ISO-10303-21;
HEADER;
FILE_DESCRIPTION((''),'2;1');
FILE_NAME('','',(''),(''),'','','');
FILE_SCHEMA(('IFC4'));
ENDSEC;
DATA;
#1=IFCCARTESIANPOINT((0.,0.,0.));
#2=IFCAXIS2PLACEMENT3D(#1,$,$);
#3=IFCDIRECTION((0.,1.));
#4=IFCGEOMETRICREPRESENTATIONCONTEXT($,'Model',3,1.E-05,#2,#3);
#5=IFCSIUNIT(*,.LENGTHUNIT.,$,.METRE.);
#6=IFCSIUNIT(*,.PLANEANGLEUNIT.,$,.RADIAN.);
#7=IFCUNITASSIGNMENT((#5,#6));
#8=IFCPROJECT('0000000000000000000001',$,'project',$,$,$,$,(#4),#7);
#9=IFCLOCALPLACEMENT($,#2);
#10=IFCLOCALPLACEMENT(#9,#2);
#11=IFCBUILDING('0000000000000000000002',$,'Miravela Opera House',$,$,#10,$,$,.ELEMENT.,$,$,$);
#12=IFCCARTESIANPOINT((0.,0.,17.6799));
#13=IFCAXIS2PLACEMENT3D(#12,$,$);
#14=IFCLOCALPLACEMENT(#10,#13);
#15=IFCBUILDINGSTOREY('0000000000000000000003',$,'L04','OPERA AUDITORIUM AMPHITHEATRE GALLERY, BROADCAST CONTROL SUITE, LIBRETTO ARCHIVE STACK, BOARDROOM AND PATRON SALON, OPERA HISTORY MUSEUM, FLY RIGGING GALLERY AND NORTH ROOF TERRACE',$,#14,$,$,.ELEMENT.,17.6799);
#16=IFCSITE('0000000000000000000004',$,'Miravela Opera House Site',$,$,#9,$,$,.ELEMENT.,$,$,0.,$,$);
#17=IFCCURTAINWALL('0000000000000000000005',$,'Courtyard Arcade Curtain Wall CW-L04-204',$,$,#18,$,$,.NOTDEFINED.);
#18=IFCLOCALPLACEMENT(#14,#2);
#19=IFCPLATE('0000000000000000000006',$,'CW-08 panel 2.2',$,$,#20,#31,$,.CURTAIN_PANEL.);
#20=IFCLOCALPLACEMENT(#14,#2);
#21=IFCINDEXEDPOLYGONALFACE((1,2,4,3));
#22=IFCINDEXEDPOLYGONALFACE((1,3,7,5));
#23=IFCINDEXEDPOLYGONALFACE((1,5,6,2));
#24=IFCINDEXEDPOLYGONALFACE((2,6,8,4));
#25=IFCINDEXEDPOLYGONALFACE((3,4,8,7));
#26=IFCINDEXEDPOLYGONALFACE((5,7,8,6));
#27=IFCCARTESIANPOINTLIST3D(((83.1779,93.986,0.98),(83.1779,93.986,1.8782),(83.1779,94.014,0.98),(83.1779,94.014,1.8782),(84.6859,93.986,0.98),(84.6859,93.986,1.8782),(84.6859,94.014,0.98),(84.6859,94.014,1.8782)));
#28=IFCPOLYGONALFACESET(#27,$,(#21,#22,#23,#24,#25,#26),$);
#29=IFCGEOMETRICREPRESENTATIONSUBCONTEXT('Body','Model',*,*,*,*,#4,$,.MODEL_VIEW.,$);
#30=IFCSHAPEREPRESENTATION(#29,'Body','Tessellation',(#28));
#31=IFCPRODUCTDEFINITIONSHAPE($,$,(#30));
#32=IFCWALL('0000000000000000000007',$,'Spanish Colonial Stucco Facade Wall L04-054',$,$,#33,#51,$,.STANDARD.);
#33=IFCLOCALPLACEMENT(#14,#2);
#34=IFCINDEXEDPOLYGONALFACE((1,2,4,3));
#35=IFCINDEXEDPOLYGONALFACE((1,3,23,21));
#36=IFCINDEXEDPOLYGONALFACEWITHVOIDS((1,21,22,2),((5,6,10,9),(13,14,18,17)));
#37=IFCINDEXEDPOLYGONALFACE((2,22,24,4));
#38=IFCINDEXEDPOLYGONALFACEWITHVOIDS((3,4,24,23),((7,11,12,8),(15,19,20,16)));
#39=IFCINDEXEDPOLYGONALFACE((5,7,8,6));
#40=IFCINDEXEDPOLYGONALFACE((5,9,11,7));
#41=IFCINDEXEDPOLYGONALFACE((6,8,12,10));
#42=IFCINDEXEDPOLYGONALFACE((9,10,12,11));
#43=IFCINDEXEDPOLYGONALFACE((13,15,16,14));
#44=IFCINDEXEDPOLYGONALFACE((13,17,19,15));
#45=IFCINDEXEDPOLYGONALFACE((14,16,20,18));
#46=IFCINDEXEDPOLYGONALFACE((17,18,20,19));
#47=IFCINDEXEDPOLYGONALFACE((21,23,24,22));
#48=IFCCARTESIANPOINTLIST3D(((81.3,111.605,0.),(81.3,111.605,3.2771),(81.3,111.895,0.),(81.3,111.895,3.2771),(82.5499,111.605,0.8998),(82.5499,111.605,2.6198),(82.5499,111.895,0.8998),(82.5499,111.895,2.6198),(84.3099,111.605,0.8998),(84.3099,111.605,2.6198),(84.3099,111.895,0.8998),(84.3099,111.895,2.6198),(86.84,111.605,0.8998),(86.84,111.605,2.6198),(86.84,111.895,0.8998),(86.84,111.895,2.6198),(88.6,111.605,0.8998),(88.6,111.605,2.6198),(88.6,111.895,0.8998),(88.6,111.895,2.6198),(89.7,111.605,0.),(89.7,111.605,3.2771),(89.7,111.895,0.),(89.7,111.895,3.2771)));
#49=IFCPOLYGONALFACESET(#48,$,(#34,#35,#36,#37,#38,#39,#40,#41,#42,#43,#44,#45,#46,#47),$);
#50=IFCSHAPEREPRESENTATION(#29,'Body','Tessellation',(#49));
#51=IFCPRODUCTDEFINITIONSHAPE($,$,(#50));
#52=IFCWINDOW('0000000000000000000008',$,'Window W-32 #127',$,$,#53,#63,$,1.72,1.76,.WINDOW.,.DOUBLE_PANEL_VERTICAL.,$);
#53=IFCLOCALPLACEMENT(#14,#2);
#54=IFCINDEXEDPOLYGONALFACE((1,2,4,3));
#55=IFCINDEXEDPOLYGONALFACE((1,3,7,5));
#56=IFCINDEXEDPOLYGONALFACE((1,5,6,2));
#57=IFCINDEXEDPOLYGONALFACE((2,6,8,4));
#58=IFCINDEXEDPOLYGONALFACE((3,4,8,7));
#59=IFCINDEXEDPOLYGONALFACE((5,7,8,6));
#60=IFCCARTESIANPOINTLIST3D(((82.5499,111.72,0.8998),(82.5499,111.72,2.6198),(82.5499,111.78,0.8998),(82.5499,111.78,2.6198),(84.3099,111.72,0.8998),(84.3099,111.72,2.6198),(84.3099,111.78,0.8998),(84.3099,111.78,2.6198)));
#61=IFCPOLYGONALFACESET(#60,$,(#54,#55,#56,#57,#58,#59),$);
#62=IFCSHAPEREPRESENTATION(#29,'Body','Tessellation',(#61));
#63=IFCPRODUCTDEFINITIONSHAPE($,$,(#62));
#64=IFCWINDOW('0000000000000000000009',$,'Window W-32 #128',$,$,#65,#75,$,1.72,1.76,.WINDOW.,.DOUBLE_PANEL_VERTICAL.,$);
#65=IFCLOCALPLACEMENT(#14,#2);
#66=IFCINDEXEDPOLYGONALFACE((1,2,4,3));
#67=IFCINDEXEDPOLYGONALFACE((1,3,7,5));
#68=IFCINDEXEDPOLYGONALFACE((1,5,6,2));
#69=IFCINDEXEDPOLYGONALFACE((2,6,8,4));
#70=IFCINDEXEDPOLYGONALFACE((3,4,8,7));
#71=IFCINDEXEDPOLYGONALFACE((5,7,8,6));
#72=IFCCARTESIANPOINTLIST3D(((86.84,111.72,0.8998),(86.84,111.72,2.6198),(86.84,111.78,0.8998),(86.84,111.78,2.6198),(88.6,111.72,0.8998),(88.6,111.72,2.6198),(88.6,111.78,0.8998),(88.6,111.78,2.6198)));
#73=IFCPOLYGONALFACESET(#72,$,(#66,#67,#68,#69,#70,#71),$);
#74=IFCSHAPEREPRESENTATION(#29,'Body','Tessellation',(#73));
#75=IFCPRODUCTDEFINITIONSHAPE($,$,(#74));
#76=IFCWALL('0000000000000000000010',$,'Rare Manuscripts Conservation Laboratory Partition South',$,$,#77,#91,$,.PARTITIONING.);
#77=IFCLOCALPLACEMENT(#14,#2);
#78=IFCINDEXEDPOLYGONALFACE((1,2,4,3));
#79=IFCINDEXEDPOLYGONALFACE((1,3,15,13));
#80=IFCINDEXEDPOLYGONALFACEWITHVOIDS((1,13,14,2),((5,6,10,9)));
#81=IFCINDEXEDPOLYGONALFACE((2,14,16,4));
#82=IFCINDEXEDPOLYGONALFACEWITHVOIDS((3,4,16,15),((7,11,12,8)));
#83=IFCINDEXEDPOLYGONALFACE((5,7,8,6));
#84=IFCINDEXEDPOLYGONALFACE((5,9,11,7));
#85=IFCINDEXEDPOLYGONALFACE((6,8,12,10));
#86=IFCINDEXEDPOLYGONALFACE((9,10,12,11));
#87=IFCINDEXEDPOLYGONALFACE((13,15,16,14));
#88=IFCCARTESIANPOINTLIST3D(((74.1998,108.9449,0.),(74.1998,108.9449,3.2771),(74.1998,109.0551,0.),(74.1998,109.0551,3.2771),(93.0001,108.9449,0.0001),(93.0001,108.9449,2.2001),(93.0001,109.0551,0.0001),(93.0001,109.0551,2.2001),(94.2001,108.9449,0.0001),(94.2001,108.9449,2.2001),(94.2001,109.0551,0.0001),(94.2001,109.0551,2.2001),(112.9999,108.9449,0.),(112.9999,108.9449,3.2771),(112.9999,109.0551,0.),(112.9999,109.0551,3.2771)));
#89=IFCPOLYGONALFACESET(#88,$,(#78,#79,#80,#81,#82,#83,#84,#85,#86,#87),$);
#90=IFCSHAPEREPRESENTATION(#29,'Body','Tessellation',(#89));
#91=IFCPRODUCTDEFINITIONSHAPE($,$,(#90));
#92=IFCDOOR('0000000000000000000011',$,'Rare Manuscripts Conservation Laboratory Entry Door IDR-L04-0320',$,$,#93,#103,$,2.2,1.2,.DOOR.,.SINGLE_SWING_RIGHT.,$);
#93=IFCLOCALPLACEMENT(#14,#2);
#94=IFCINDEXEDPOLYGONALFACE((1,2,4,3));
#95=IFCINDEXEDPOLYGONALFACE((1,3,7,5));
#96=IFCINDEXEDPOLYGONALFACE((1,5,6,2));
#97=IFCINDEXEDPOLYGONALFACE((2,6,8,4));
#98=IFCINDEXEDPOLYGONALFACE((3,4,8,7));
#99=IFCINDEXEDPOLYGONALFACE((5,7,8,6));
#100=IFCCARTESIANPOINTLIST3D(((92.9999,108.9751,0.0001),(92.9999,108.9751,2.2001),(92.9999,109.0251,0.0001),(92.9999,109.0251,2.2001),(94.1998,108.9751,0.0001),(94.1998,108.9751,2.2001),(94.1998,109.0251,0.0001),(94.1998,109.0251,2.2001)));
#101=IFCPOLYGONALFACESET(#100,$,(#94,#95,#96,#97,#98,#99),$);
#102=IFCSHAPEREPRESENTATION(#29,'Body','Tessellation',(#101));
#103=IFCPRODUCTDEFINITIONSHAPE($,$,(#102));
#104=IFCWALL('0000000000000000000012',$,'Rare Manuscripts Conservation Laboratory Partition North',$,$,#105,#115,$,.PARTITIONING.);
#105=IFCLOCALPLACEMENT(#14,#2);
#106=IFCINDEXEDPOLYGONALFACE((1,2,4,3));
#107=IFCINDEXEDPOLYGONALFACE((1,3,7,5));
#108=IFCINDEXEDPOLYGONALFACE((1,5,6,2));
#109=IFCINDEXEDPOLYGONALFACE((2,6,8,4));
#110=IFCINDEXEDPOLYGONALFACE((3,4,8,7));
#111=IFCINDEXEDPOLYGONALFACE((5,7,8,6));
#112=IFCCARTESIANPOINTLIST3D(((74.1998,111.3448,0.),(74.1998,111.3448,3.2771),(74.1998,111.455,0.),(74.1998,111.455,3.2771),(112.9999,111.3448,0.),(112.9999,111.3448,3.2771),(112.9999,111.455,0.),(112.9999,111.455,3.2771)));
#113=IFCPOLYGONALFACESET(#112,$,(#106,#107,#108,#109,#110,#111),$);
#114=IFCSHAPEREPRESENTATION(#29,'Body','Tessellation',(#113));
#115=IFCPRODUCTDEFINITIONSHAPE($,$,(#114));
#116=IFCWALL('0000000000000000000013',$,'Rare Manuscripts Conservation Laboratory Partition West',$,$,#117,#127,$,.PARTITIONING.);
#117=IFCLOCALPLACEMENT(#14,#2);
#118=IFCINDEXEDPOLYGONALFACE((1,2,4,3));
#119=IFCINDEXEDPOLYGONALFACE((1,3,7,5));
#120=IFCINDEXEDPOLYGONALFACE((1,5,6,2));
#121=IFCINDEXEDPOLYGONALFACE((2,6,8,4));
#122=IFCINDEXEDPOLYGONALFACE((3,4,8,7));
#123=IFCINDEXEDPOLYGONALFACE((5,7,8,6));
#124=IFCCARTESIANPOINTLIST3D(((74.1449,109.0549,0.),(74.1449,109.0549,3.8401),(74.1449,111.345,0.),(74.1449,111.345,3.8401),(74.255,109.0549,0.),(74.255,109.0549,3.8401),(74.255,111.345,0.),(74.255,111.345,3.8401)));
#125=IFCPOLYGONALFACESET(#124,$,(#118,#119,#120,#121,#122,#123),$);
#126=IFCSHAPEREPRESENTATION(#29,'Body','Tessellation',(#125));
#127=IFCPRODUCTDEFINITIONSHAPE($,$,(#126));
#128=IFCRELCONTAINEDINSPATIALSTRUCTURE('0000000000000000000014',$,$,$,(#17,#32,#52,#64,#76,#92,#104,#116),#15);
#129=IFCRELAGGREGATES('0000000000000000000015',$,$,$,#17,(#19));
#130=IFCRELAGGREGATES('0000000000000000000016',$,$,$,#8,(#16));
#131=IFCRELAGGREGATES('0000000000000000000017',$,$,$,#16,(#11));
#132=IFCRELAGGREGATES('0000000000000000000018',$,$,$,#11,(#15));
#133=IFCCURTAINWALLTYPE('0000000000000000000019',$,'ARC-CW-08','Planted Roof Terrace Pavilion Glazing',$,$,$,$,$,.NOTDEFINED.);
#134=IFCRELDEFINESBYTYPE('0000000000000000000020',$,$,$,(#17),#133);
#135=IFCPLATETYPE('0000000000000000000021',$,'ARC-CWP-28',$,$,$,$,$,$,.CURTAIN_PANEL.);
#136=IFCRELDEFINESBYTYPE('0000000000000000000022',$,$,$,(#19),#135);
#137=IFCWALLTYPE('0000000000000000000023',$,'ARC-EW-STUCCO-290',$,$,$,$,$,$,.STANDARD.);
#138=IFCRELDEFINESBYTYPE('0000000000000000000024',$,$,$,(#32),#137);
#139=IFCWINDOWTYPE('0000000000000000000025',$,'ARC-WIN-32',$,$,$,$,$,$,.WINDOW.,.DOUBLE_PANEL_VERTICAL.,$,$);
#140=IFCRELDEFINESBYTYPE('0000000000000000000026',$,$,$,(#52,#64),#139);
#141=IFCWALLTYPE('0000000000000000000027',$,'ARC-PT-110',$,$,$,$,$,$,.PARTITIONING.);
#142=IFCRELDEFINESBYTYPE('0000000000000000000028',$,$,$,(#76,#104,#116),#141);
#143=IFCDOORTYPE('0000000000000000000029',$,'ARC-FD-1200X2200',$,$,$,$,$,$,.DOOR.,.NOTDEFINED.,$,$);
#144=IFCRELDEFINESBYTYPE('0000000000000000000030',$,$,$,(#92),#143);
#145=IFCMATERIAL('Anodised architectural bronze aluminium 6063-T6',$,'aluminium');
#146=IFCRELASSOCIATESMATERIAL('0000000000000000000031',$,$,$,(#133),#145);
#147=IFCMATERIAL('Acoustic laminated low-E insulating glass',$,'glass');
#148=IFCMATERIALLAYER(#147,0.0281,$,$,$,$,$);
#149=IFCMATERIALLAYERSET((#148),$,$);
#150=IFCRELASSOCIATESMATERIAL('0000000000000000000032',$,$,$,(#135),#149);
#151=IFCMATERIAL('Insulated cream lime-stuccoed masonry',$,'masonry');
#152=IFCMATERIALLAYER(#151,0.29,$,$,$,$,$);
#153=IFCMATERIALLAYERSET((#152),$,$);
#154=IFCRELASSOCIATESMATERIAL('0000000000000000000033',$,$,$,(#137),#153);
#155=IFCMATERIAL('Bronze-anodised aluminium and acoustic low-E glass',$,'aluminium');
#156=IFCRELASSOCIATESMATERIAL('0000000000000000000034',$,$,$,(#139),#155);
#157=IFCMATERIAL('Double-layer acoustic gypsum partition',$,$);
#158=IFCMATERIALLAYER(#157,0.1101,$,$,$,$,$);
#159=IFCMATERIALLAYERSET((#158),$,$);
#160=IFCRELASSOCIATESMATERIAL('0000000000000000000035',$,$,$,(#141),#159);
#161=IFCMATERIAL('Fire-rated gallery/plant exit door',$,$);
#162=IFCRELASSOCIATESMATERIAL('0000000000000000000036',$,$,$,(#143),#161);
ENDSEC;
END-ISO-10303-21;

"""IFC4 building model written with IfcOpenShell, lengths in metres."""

from ifc_helpers import new_model, si_unit, direction, frame, frame_2d, origin, origin_2d, place, context, subcontext, project, spatial, rectangle, extrude, material, layer, layer_set, type_object, element, fill, aggregate, save


model = new_model("IFC4")

# Units and contexts
model_context = context("Model", 3, precision=1e-05, world=origin(), true_north=direction((0.0, 1.0)))
body_context = subcontext(model_context, "Body", "Model", "MODEL_VIEW")
ifc_project = project(units=[si_unit("LENGTHUNIT", "METRE"), si_unit("PLANEANGLEUNIT", "RADIAN")], contexts=[model_context])

# Site, building, storey
site_placement = place(None, origin())
site = spatial("IfcSite", under=ifc_project, at=site_placement, Name="Miravela Opera House Site", CompositionType="ELEMENT", RefElevation=0.0)
building_placement = place(site_placement, origin())
building = spatial("IfcBuilding", under=site, at=building_placement, Name="Miravela Opera House", CompositionType="ELEMENT")
storey_placement = place(building_placement, frame((0.0, 0.0, 17.6799)))
storey = spatial("IfcBuildingStorey", under=building, at=storey_placement, Name="L04", Description="OPERA AUDITORIUM AMPHITHEATRE GALLERY, BROADCAST CONTROL SUITE, LIBRETTO ARCHIVE STACK, BOARDROOM AND PATRON SALON, OPERA HISTORY MUSEUM, FLY RIGGING GALLERY AND NORTH ROOF TERRACE", CompositionType="ELEMENT", Elevation=17.6799)

# Curtain wall
ifc_material_1 = material(Name="Anodised architectural bronze aluminium 6063-T6", Category="aluminium")
curtain_wall_type = type_object("IfcCurtainWallType", Name="ARC-CW-08", Description="Planted Roof Terrace Pavilion Glazing", PredefinedType="NOTDEFINED", material=ifc_material_1)
curtain_wall_placement = place(storey_placement, origin())
curtain_wall = element("IfcCurtainWall", 1, at=curtain_wall_placement, inside=storey, type_object=curtain_wall_type, Name="Courtyard Arcade Curtain Wall CW-L04-204", PredefinedType="NOTDEFINED")

# Plate
ifc_material_2 = material(Name="Acoustic laminated low-E insulating glass", Category="glass")
ifc_layer_1 = layer(ifc_material_2, 0.0281)
ifc_layer_set_1 = layer_set([ifc_layer_1])
plate_type = type_object("IfcPlateType", Name="ARC-CWP-28", PredefinedType="CURTAIN_PANEL", material=ifc_layer_set_1)
plate_1_placement = place(storey_placement, frame((83.9319, 94.0, 0.98), z_axis=(0.0, 0.0, 1.0), x_axis=(1.0, 0.0, 0.0)))
plate_1 = element("IfcPlate", 2, at=plate_1_placement, type_object=plate_type, Name="CW-08 panel 2.2", PredefinedType="CURTAIN_PANEL", context=body_context, shape_type="SweptSolid", body=[
    extrude(rectangle(XDim=1.5081, YDim=0.0281, at=origin_2d()), origin(), (0.0, 0.0, 1.0), 0.8982),
])
aggregate(curtain_wall, [plate_1])

# Wall, openings, windows
ifc_material_3 = material(Name="Insulated cream lime-stuccoed masonry", Category="masonry")
ifc_layer_2 = layer(ifc_material_3, 0.29)
ifc_layer_set_2 = layer_set([ifc_layer_2])
wall_type_1 = type_object("IfcWallType", Name="ARC-EW-STUCCO-290", PredefinedType="STANDARD", material=ifc_layer_set_2)
wall_1_placement = place(storey_placement, frame((81.3, 111.75, 0.0), z_axis=(0.0, 0.0, 1.0), x_axis=(1.0, 0.0, 0.0)))
wall_1 = element("IfcWall", 3, at=wall_1_placement, inside=storey, type_object=wall_type_1, Name="Spanish Colonial Stucco Facade Wall L04-054", PredefinedType="STANDARD", context=body_context, shape_type="SweptSolid", body=[
    extrude(rectangle(XDim=8.3999, YDim=0.29, at=frame_2d((4.2, 0.0))), origin(), (0.0, 0.0, 1.0), 3.2771),
])
opening_1_placement = place(wall_1_placement, frame((1.25, 0.0, 0.8999)))
opening_1 = element("IfcOpeningElement", 4, at=opening_1_placement, cuts=wall_1, PredefinedType="OPENING", context=body_context, shape_type="SweptSolid", body=[
    extrude(rectangle(XDim=1.76, YDim=1.72, at=frame_2d((0.8799, 0.8599))), frame((0.0, 0.155, 0.0), z_axis=(0.0, -1.0, 0.0), x_axis=(1.0, 0.0, 0.0)), (0.0, 0.0, 1.0), 0.3101),
])
opening_2_placement = place(wall_1_placement, frame((5.54, 0.0, 0.8999)))
opening_2 = element("IfcOpeningElement", 5, at=opening_2_placement, cuts=wall_1, PredefinedType="OPENING", context=body_context, shape_type="SweptSolid", body=[
    extrude(rectangle(XDim=1.76, YDim=1.72, at=frame_2d((0.8799, 0.8599))), frame((0.0, 0.155, 0.0), z_axis=(0.0, -1.0, 0.0), x_axis=(1.0, 0.0, 0.0)), (0.0, 0.0, 1.0), 0.3101),
])
ifc_material_4 = material(Name="Bronze-anodised aluminium and acoustic low-E glass", Category="aluminium")
window_type = type_object("IfcWindowType", Name="ARC-WIN-32", PartitioningType="DOUBLE_PANEL_VERTICAL", PredefinedType="WINDOW", material=ifc_material_4)
window_1_placement = place(opening_1_placement, origin())
window_1 = element("IfcWindow", 6, at=window_1_placement, inside=storey, type_object=window_type, Name="Window W-32 #127", OverallHeight=1.72, OverallWidth=1.76, PartitioningType="DOUBLE_PANEL_VERTICAL", PredefinedType="WINDOW", context=body_context, shape_type="SweptSolid", body=[
    extrude(rectangle(XDim=1.76, YDim=1.72, at=frame_2d((0.8799, 0.8599))), frame((0.0, 0.03, 0.0), z_axis=(0.0, -1.0, 0.0), x_axis=(1.0, 0.0, 0.0)), (0.0, 0.0, 1.0), 0.0601),
])
fill(opening_1, window_1)
window_2_placement = place(opening_2_placement, origin())
window_2 = element("IfcWindow", 7, at=window_2_placement, inside=storey, type_object=window_type, Name="Window W-32 #128", OverallHeight=1.72, OverallWidth=1.76, PartitioningType="DOUBLE_PANEL_VERTICAL", PredefinedType="WINDOW", context=body_context, shape_type="SweptSolid", body=[
    extrude(rectangle(XDim=1.76, YDim=1.72, at=frame_2d((0.8799, 0.8599))), frame((0.0, 0.03, 0.0), z_axis=(0.0, -1.0, 0.0), x_axis=(1.0, 0.0, 0.0)), (0.0, 0.0, 1.0), 0.0601),
])
fill(opening_2, window_2)

# Wall, opening, door
ifc_material_5 = material(Name="Double-layer acoustic gypsum partition")
ifc_layer_3 = layer(ifc_material_5, 0.1101)
ifc_layer_set_3 = layer_set([ifc_layer_3])
wall_type_2 = type_object("IfcWallType", Name="ARC-PT-110", PredefinedType="PARTITIONING", material=ifc_layer_set_3)
wall_2_placement = place(storey_placement, frame((74.2, 109.0, 0.0), z_axis=(0.0, 0.0, 1.0), x_axis=(1.0, 0.0, 0.0)))
wall_2 = element("IfcWall", 8, at=wall_2_placement, inside=storey, type_object=wall_type_2, Name="Rare Manuscripts Conservation Laboratory Partition South", PredefinedType="PARTITIONING", context=body_context, shape_type="SweptSolid", body=[
    extrude(rectangle(XDim=38.8, YDim=0.1101, at=frame_2d((19.3999, 0.0))), origin(), (0.0, 0.0, 1.0), 3.2771),
])
opening_3_placement = place(wall_2_placement, frame((18.8, 0.0, 0.0)))
opening_3 = element("IfcOpeningElement", 9, at=opening_3_placement, cuts=wall_2, PredefinedType="OPENING", context=body_context, shape_type="SweptSolid", body=[
    extrude(rectangle(XDim=1.2, YDim=2.2, at=frame_2d((0.6001, 1.1001))), frame((0.0, 0.0649, 0.0), z_axis=(0.0, -1.0, 0.0), x_axis=(1.0, 0.0, 0.0)), (0.0, 0.0, 1.0), 0.1301),
])
ifc_material_6 = material(Name="Fire-rated gallery/plant exit door")
door_type = type_object("IfcDoorType", Name="ARC-FD-1200X2200", OperationType="NOTDEFINED", PredefinedType="DOOR", material=ifc_material_6)
door_placement = place(opening_3_placement, frame((1.2, 0.0, 0.0), z_axis=(0.0, 0.0, 1.0), x_axis=(-1.0, 0.0, 0.0)))
door = element("IfcDoor", 10, at=door_placement, inside=storey, type_object=door_type, Name="Rare Manuscripts Conservation Laboratory Entry Door IDR-L04-0320", OperationType="SINGLE_SWING_RIGHT", OverallHeight=2.2, OverallWidth=1.2, PredefinedType="DOOR", context=body_context, shape_type="SweptSolid", body=[
    extrude(rectangle(XDim=1.2, YDim=2.2, at=frame_2d((0.6001, 1.1001))), frame((0.0, 0.0249, 0.0), z_axis=(0.0, -1.0, 0.0), x_axis=(1.0, 0.0, 0.0)), (0.0, 0.0, 1.0), 0.05),
])
fill(opening_3, door)

# Walls
wall_3_placement = place(storey_placement, frame((74.2, 111.3999, 0.0), z_axis=(0.0, 0.0, 1.0), x_axis=(1.0, 0.0, 0.0)))
element("IfcWall", 11, at=wall_3_placement, inside=storey, type_object=wall_type_2, Name="Rare Manuscripts Conservation Laboratory Partition North", PredefinedType="PARTITIONING", context=body_context, shape_type="SweptSolid", body=[
    extrude(rectangle(XDim=38.8, YDim=0.1101, at=frame_2d((19.3999, 0.0))), origin(), (0.0, 0.0, 1.0), 3.2771),
])
wall_4_placement = place(storey_placement, frame((74.2, 109.0549, 0.0), z_axis=(0.0, 0.0, 1.0), x_axis=(0.0, 1.0, 0.0)))
element("IfcWall", 12, at=wall_4_placement, inside=storey, type_object=wall_type_2, Name="Rare Manuscripts Conservation Laboratory Partition West", PredefinedType="PARTITIONING", context=body_context, shape_type="SweptSolid", body=[
    extrude(rectangle(XDim=2.29, YDim=0.1101, at=frame_2d((1.145, 0.0))), origin(), (0.0, 0.0, 1.0), 3.8401),
])

save(model, "model.ifc")
